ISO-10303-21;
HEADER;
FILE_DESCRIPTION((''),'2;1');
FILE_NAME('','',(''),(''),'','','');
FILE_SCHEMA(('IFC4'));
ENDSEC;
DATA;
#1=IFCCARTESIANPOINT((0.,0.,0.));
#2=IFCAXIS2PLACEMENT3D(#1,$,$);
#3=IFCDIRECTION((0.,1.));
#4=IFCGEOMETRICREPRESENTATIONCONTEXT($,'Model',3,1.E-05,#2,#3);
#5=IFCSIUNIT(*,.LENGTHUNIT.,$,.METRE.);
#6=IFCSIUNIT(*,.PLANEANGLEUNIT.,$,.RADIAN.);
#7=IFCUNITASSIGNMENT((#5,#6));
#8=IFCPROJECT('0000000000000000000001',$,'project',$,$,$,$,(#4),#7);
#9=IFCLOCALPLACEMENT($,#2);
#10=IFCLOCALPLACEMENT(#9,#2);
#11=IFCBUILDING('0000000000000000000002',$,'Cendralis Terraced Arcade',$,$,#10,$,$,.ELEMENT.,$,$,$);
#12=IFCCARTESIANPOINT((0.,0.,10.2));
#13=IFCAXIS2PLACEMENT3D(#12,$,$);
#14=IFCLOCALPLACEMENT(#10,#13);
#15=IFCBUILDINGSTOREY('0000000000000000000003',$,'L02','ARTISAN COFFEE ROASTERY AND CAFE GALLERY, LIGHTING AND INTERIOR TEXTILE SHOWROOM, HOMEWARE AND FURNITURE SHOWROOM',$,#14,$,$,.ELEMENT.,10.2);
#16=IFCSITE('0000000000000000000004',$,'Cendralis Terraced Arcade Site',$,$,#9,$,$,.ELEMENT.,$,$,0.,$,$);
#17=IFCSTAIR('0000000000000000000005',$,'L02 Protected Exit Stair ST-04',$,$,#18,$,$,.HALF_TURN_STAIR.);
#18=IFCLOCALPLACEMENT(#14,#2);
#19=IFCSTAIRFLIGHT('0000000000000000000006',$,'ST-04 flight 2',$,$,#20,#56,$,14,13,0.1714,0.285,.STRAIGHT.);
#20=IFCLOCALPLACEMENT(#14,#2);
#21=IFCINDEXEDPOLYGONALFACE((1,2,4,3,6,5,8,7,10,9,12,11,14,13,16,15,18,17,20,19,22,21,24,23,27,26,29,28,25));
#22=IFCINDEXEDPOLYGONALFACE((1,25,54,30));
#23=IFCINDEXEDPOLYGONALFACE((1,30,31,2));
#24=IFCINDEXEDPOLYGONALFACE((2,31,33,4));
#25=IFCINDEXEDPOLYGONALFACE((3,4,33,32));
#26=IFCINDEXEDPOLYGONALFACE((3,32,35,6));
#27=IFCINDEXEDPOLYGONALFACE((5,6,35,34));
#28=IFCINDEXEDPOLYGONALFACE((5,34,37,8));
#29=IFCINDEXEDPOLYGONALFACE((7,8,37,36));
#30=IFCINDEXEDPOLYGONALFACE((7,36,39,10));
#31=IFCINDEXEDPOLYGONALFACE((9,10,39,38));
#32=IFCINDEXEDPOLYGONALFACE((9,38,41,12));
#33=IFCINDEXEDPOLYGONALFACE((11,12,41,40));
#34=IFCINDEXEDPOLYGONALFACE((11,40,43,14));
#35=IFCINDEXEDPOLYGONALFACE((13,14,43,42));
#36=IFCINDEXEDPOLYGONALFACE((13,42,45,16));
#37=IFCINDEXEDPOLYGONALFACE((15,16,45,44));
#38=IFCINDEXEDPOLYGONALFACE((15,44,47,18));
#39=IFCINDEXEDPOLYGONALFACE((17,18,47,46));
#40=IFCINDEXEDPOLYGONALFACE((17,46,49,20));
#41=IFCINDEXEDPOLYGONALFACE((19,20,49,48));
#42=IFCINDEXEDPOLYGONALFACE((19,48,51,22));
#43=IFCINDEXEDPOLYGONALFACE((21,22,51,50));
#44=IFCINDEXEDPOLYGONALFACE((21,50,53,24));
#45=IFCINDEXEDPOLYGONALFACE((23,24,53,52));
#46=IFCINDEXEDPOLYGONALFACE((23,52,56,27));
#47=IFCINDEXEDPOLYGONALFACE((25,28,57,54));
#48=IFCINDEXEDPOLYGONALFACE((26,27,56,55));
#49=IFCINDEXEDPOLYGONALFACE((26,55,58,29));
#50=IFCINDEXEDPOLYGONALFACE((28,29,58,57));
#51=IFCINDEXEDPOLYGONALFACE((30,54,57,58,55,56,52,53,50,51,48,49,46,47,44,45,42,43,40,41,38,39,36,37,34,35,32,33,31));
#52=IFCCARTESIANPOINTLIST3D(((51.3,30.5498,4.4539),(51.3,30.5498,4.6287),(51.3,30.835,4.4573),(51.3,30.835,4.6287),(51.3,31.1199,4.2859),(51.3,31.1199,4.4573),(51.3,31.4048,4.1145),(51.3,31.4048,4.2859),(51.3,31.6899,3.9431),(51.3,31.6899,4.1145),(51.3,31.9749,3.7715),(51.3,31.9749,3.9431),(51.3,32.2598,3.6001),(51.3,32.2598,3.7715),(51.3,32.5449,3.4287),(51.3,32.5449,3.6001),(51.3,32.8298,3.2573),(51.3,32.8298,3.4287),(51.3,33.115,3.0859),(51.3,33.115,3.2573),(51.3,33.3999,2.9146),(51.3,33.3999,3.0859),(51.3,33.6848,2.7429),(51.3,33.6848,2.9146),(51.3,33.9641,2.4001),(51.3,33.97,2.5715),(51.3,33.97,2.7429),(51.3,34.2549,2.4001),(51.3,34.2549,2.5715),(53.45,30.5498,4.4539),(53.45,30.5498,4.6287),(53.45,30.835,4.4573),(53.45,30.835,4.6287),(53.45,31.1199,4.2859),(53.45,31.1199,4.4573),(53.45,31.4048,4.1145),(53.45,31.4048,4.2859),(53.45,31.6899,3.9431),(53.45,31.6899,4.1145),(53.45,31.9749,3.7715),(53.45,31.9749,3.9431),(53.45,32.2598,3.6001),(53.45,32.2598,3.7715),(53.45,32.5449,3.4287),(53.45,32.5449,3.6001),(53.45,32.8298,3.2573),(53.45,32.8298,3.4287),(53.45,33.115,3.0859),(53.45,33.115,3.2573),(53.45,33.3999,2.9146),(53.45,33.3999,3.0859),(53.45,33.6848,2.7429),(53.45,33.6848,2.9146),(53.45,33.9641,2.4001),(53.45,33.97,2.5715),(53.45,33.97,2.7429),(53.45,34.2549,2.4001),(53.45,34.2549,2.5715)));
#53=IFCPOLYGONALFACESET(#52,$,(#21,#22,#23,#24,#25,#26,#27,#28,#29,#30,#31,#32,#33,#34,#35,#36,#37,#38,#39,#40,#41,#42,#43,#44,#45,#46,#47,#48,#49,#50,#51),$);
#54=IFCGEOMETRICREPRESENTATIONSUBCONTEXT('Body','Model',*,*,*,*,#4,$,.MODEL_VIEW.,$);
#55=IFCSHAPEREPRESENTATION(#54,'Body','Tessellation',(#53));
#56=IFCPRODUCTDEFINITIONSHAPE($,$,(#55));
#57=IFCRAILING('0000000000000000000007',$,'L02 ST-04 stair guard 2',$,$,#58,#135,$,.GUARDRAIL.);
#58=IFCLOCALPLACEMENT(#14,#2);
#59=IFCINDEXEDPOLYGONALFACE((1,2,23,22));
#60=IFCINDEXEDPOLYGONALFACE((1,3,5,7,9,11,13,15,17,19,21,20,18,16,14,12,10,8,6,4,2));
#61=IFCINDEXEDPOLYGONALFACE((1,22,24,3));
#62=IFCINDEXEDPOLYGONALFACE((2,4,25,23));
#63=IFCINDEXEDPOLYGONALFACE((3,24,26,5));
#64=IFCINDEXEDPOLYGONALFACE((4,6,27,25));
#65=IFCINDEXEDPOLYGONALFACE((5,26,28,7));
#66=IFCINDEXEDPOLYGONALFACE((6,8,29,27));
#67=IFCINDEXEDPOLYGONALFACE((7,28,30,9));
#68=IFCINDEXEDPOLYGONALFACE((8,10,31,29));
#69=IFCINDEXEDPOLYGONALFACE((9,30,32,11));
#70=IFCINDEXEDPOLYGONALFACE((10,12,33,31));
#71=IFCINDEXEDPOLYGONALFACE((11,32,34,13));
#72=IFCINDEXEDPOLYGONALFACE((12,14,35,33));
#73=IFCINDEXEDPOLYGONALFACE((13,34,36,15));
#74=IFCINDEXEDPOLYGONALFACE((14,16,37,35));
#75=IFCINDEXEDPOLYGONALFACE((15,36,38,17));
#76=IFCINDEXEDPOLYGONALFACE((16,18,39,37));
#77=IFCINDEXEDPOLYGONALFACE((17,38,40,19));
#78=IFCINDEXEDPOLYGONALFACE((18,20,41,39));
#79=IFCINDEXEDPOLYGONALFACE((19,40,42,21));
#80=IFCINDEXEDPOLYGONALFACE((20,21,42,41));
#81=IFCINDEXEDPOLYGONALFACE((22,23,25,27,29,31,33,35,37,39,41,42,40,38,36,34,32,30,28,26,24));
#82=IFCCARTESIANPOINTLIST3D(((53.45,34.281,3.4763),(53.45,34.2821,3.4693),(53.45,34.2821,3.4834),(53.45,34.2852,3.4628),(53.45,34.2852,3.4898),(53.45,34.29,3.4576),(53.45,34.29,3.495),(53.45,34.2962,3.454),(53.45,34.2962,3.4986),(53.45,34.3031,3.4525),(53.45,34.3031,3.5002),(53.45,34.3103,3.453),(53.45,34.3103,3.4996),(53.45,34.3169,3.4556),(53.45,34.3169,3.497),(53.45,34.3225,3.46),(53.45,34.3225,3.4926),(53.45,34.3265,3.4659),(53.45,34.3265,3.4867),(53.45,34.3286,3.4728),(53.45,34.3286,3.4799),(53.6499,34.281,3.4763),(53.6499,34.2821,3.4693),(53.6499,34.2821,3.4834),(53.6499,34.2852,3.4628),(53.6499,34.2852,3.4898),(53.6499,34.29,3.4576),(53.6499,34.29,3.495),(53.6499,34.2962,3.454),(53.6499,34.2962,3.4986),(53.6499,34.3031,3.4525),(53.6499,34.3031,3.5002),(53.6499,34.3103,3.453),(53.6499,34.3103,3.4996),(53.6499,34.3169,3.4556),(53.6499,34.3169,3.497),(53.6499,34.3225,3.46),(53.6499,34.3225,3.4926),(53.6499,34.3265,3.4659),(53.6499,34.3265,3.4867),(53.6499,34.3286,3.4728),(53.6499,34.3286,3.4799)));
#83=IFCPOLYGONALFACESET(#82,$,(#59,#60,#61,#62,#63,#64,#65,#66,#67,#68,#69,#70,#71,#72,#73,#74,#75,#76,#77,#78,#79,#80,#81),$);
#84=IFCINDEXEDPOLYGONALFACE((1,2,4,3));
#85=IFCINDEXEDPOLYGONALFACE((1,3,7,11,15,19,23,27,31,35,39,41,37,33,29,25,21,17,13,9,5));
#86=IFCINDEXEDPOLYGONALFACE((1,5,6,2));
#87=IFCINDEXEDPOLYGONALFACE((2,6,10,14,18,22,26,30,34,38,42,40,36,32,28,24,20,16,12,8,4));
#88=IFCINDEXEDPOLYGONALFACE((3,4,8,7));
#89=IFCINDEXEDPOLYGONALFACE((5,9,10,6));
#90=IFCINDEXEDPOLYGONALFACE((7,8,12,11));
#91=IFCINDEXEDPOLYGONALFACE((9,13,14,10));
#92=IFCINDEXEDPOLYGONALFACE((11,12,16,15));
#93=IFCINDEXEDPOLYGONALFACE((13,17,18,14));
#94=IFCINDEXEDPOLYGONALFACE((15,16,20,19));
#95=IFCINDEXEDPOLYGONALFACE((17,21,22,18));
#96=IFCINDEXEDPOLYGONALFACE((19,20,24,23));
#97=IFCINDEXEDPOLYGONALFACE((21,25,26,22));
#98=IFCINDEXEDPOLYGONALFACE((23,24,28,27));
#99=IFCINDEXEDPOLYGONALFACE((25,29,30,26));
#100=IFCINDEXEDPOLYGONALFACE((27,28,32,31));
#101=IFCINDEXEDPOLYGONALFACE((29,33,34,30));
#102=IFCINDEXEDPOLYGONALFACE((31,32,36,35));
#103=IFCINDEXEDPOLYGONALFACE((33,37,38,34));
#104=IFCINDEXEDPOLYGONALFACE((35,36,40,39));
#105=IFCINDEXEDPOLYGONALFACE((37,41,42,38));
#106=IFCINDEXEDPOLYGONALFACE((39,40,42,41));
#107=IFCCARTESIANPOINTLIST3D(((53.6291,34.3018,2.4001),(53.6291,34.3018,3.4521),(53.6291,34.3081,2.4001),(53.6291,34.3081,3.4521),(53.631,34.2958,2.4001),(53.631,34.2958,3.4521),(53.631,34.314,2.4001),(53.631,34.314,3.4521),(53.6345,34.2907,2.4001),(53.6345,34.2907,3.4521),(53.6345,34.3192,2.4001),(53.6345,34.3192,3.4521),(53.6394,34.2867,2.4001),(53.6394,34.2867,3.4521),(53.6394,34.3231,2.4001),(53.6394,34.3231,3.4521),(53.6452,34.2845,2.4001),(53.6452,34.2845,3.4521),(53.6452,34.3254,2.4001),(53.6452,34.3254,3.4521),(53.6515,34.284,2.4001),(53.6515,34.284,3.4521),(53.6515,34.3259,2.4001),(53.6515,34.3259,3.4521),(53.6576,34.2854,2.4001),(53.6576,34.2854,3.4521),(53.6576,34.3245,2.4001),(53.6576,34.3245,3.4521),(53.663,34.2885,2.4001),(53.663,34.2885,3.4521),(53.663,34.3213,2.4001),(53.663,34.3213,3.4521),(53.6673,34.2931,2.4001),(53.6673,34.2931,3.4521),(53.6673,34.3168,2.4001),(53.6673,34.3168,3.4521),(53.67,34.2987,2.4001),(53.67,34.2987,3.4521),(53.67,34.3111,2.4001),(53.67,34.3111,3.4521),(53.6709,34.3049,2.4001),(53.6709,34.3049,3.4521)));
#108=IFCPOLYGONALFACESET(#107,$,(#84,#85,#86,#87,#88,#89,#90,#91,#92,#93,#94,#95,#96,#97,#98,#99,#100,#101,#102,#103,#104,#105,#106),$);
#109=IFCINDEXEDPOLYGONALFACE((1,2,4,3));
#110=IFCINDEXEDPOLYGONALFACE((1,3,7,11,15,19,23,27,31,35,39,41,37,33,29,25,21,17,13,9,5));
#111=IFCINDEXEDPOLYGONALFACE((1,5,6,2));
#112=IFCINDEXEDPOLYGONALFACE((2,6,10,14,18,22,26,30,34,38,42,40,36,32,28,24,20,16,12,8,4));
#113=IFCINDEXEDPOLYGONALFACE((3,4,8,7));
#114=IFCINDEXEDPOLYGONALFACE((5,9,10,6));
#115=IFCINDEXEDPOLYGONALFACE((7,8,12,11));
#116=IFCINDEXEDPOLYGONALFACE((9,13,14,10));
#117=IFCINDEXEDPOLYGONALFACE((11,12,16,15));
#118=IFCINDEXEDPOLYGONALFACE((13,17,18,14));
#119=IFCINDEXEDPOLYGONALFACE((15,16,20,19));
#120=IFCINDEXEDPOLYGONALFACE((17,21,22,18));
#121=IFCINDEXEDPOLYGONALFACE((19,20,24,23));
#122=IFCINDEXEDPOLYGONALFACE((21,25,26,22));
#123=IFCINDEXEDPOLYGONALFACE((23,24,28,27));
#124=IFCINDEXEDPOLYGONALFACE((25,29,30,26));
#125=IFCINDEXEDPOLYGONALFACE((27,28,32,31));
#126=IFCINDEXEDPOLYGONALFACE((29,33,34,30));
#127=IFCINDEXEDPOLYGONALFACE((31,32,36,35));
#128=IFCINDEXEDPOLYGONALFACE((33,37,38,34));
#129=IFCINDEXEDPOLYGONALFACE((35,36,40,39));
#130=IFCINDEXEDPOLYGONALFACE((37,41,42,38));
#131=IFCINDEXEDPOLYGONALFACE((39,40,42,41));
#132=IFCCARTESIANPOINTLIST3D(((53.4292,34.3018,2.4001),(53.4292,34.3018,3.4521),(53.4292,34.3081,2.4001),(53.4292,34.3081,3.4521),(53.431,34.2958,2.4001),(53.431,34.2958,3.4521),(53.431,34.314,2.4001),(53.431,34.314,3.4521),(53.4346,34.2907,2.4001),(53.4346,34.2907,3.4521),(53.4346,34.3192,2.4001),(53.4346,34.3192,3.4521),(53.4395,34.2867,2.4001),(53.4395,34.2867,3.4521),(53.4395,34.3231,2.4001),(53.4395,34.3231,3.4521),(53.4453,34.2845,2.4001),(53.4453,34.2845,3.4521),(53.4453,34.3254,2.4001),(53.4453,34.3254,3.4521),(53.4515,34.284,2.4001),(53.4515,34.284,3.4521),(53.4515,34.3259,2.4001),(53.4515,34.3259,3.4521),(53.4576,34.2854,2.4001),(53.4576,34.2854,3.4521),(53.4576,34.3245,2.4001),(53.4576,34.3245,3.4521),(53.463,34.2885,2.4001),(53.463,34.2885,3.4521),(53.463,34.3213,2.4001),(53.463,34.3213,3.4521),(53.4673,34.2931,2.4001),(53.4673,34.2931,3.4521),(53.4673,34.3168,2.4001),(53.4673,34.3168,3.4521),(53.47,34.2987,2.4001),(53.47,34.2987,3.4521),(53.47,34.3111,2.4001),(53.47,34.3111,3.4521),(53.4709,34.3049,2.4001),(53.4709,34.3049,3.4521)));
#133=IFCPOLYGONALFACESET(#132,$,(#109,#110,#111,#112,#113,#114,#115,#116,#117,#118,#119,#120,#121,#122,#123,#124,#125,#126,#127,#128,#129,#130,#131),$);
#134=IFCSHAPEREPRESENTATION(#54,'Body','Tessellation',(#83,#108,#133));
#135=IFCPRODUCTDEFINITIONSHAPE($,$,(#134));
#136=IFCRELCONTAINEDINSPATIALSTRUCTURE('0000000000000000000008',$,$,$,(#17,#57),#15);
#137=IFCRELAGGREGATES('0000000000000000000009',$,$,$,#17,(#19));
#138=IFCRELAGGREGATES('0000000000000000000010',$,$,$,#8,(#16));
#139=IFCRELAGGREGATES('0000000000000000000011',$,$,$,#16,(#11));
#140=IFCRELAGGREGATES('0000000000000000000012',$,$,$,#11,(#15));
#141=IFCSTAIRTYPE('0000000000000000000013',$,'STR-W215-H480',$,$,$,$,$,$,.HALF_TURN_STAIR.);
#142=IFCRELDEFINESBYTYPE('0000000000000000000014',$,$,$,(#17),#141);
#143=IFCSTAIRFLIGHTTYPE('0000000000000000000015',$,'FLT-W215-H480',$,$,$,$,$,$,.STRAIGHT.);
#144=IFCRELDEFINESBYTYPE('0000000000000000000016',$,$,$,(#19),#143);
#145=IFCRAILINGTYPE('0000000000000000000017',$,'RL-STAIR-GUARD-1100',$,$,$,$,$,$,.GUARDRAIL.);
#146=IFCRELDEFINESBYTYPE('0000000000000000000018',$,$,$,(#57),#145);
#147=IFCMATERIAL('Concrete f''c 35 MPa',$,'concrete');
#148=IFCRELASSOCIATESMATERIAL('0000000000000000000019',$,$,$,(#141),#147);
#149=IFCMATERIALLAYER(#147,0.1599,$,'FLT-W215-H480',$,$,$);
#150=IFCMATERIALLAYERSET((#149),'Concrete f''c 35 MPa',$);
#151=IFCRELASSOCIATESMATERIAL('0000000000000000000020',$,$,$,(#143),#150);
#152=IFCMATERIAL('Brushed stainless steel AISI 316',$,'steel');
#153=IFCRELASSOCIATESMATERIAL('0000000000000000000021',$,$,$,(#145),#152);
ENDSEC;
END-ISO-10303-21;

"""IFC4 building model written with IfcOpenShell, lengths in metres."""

from ifc_helpers import new_model, si_unit, direction, frame, origin, origin_2d, place, context, subcontext, project, spatial, polyline, circle, outline, extrude, material, layer, layer_set, type_object, element, aggregate, save


model = new_model("IFC4")

# Units and contexts
model_context = context("Model", 3, precision=1e-05, world=origin(), true_north=direction((0.0, 1.0)))
body_context = subcontext(model_context, "Body", "Model", "MODEL_VIEW")
ifc_project = project(units=[si_unit("LENGTHUNIT", "METRE"), si_unit("PLANEANGLEUNIT", "RADIAN")], contexts=[model_context])

# Site, building, storey
site_placement = place(None, origin())
site = spatial("IfcSite", under=ifc_project, at=site_placement, Name="Cendralis Terraced Arcade Site", CompositionType="ELEMENT", RefElevation=0.0)
building_placement = place(site_placement, origin())
building = spatial("IfcBuilding", under=site, at=building_placement, Name="Cendralis Terraced Arcade", CompositionType="ELEMENT")
storey_placement = place(building_placement, frame((0.0, 0.0, 10.2)))
storey = spatial("IfcBuildingStorey", under=building, at=storey_placement, Name="L02", Description="ARTISAN COFFEE ROASTERY AND CAFE GALLERY, LIGHTING AND INTERIOR TEXTILE SHOWROOM, HOMEWARE AND FURNITURE SHOWROOM", CompositionType="ELEMENT", Elevation=10.2)

# Shared definitions
ifc_material_1 = material(Name="Concrete f'c 35 MPa", Category="concrete")

# Stair, stair flight
stair_type = type_object("IfcStairType", Name="STR-W215-H480", PredefinedType="HALF_TURN_STAIR", material=ifc_material_1)
stair_placement = place(storey_placement, origin())
stair = element("IfcStair", 1, at=stair_placement, inside=storey, type_object=stair_type, Name="L02 Protected Exit Stair ST-04", PredefinedType="HALF_TURN_STAIR")
ifc_layer_1 = layer(ifc_material_1, 0.1599, Name="FLT-W215-H480")
ifc_layer_set_1 = layer_set([ifc_layer_1], Name="Concrete f'c 35 MPa")
stair_flight_type = type_object("IfcStairFlightType", Name="FLT-W215-H480", PredefinedType="STRAIGHT", material=ifc_layer_set_1)
stair_flight_placement = place(storey_placement, frame((52.375, 34.2549, 2.4001), z_axis=(0.0, 0.0, 1.0), x_axis=(0.0, -1.0, 0.0)))
stair_flight = element("IfcStairFlight", 2, at=stair_flight_placement, type_object=stair_flight_type, Name="ST-04 flight 2", NumberOfRisers=14, NumberOfTreads=13, PredefinedType="STRAIGHT", RiserHeight=0.1714, TreadLength=0.285, context=body_context, shape_type="SweptSolid", body=[
    extrude(outline(polyline([(0.0, 0.0), (0.0, 0.1714), (0.2849, 0.1714), (0.2849, 0.3428), (0.5701, 0.3428), (0.5701, 0.5144), (0.855, 0.5144), (0.855, 0.6858), (1.1399, 0.6858), (1.1399, 0.8572), (1.425, 0.8572), (1.425, 1.0286), (1.71, 1.0286), (1.71, 1.2), (1.9951, 1.2), (1.9951, 1.3713), (2.28, 1.3713), (2.28, 1.543), (2.5649, 1.543), (2.5649, 1.7144), (2.8501, 1.7144), (2.8501, 1.8857), (3.135, 1.8857), (3.135, 2.0571), (3.4199, 2.0571), (3.4199, 2.2285), (3.7051, 2.2285), (3.7051, 2.3999), (3.7051, 2.0537), (0.2908, 0.0), (0.0, 0.0)])), frame((0.0, 1.075, 0.0), z_axis=(0.0, -1.0, 0.0), x_axis=(1.0, 0.0, 0.0)), (0.0, 0.0, 1.0), 2.1499),
])
aggregate(stair, [stair_flight])

# Railing
ifc_material_2 = material(Name="Brushed stainless steel AISI 316", Category="steel")
railing_type_1 = type_object("IfcRailingType", Name="RL-STAIR-GUARD-1100", PredefinedType="GUARDRAIL", material=ifc_material_2)
railing_1_placement = place(storey_placement, frame((53.6499, 34.3049, 2.4001)))
element("IfcRailing", 3, at=railing_1_placement, inside=storey, type_object=railing_type_1, Name="L02 ST-04 stair guard 2", PredefinedType="GUARDRAIL", context=body_context, shape_type="SweptSolid", body=[
    extrude(circle(Radius=0.0239, at=origin_2d()), frame((0.0, 0.0, 1.0762), z_axis=(-1.0, 0.0, 0.0), x_axis=(0.0, -1.0, 0.0)), (0.0, 0.0, 1.0), 0.2),
    extrude(circle(Radius=0.021, at=origin_2d()), origin(), (0.0, 0.0, 1.0), 1.052),
    extrude(circle(Radius=0.021, at=origin_2d()), frame((-0.2, 0.0, 0.0)), (0.0, 0.0, 1.0), 1.052),
])

save(model, "model.ifc")
